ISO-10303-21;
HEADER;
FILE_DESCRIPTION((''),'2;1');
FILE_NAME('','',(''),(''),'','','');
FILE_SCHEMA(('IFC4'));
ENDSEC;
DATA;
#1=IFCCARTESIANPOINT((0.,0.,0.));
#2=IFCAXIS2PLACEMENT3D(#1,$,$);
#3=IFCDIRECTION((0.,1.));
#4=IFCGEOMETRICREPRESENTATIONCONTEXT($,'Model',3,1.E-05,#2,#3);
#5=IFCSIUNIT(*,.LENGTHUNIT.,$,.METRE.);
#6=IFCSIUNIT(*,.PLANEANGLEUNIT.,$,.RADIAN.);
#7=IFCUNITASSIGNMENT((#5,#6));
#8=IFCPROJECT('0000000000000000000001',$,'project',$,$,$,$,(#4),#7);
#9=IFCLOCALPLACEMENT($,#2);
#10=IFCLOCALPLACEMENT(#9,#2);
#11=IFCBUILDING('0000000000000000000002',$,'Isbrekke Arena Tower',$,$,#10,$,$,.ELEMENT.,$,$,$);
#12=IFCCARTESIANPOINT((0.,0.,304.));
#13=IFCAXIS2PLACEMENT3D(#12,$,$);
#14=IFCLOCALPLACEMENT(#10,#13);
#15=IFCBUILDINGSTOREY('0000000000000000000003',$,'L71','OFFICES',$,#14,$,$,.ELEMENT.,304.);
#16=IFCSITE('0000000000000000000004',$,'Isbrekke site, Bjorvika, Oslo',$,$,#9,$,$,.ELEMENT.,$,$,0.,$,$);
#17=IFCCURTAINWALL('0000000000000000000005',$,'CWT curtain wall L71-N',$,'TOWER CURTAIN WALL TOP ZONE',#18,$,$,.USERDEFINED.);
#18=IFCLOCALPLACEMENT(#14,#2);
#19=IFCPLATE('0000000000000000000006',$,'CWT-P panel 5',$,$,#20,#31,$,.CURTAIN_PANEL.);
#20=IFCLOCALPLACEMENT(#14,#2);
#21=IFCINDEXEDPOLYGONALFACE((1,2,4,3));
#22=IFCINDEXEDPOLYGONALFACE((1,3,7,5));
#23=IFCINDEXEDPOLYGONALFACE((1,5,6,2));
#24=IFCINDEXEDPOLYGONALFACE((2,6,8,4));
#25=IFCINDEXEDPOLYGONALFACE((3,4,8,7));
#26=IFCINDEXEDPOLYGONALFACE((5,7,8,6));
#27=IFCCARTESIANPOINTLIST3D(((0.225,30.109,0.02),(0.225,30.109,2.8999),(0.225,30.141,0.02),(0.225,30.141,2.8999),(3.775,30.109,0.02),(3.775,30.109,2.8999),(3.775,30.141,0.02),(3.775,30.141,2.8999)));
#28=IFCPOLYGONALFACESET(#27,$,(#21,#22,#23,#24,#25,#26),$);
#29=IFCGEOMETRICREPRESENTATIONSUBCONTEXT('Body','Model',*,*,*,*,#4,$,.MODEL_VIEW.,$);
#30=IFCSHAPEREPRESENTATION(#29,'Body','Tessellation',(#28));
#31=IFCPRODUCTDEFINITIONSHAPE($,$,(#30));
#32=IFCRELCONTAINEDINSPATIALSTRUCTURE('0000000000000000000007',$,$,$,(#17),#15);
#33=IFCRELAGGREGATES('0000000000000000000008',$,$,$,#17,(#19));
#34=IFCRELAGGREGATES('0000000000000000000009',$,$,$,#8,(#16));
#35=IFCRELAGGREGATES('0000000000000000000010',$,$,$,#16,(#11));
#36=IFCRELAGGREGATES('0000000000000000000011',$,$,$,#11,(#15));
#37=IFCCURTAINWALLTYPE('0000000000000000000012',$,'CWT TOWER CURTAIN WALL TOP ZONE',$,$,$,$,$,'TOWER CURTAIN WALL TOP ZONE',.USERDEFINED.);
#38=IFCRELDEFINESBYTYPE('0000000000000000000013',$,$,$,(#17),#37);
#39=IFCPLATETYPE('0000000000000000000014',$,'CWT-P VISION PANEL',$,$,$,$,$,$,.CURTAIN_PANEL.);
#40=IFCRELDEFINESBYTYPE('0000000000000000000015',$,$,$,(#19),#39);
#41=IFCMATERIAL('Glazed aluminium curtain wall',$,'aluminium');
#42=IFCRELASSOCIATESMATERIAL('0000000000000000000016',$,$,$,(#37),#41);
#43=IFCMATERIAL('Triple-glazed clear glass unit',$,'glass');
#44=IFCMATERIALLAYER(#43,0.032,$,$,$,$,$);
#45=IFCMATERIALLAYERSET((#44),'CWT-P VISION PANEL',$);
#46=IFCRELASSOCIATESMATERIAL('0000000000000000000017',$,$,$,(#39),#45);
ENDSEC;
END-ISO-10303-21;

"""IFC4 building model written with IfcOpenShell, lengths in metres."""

from ifc_helpers import new_model, si_unit, direction, frame, origin, origin_2d, place, context, subcontext, project, spatial, rectangle, extrude, material, layer, layer_set, type_object, element, aggregate, save


model = new_model("IFC4")

# Units and contexts
model_context = context("Model", 3, precision=1e-05, world=origin(), true_north=direction((0.0, 1.0)))
body_context = subcontext(model_context, "Body", "Model", "MODEL_VIEW")
ifc_project = project(units=[si_unit("LENGTHUNIT", "METRE"), si_unit("PLANEANGLEUNIT", "RADIAN")], contexts=[model_context])

# Site, building, storey
site_placement = place(None, origin())
site = spatial("IfcSite", under=ifc_project, at=site_placement, Name="Isbrekke site, Bjorvika, Oslo", CompositionType="ELEMENT", RefElevation=0.0)
building_placement = place(site_placement, origin())
building = spatial("IfcBuilding", under=site, at=building_placement, Name="Isbrekke Arena Tower", CompositionType="ELEMENT")
storey_placement = place(building_placement, frame((0.0, 0.0, 304.0)))
storey = spatial("IfcBuildingStorey", under=building, at=storey_placement, Name="L71", Description="OFFICES", CompositionType="ELEMENT", Elevation=304.0)

# Curtain wall
ifc_material_1 = material(Name="Glazed aluminium curtain wall", Category="aluminium")
curtain_wall_type = type_object("IfcCurtainWallType", Name="CWT TOWER CURTAIN WALL TOP ZONE", ElementType="TOWER CURTAIN WALL TOP ZONE", PredefinedType="USERDEFINED", material=ifc_material_1)
curtain_wall_placement = place(storey_placement, origin())
curtain_wall = element("IfcCurtainWall", 1, at=curtain_wall_placement, inside=storey, type_object=curtain_wall_type, Name="CWT curtain wall L71-N", ObjectType="TOWER CURTAIN WALL TOP ZONE", PredefinedType="USERDEFINED")

# Plate
ifc_material_2 = material(Name="Triple-glazed clear glass unit", Category="glass")
ifc_layer = layer(ifc_material_2, 0.032)
ifc_layer_set = layer_set([ifc_layer], Name="CWT-P VISION PANEL")
plate_type = type_object("IfcPlateType", Name="CWT-P VISION PANEL", PredefinedType="CURTAIN_PANEL", material=ifc_layer_set)
plate_1_placement = place(storey_placement, frame((2.0, 30.125, 0.02), z_axis=(0.0, 0.0, 1.0), x_axis=(-1.0, 0.0, 0.0)))
plate_1 = element("IfcPlate", 2, at=plate_1_placement, type_object=plate_type, Name="CWT-P panel 5", PredefinedType="CURTAIN_PANEL", context=body_context, shape_type="SweptSolid", body=[
    extrude(rectangle(XDim=3.55, YDim=0.032, at=origin_2d()), origin(), (0.0, 0.0, 1.0), 2.8799),
])
aggregate(curtain_wall, [plate_1])

save(model, "model.ifc")
